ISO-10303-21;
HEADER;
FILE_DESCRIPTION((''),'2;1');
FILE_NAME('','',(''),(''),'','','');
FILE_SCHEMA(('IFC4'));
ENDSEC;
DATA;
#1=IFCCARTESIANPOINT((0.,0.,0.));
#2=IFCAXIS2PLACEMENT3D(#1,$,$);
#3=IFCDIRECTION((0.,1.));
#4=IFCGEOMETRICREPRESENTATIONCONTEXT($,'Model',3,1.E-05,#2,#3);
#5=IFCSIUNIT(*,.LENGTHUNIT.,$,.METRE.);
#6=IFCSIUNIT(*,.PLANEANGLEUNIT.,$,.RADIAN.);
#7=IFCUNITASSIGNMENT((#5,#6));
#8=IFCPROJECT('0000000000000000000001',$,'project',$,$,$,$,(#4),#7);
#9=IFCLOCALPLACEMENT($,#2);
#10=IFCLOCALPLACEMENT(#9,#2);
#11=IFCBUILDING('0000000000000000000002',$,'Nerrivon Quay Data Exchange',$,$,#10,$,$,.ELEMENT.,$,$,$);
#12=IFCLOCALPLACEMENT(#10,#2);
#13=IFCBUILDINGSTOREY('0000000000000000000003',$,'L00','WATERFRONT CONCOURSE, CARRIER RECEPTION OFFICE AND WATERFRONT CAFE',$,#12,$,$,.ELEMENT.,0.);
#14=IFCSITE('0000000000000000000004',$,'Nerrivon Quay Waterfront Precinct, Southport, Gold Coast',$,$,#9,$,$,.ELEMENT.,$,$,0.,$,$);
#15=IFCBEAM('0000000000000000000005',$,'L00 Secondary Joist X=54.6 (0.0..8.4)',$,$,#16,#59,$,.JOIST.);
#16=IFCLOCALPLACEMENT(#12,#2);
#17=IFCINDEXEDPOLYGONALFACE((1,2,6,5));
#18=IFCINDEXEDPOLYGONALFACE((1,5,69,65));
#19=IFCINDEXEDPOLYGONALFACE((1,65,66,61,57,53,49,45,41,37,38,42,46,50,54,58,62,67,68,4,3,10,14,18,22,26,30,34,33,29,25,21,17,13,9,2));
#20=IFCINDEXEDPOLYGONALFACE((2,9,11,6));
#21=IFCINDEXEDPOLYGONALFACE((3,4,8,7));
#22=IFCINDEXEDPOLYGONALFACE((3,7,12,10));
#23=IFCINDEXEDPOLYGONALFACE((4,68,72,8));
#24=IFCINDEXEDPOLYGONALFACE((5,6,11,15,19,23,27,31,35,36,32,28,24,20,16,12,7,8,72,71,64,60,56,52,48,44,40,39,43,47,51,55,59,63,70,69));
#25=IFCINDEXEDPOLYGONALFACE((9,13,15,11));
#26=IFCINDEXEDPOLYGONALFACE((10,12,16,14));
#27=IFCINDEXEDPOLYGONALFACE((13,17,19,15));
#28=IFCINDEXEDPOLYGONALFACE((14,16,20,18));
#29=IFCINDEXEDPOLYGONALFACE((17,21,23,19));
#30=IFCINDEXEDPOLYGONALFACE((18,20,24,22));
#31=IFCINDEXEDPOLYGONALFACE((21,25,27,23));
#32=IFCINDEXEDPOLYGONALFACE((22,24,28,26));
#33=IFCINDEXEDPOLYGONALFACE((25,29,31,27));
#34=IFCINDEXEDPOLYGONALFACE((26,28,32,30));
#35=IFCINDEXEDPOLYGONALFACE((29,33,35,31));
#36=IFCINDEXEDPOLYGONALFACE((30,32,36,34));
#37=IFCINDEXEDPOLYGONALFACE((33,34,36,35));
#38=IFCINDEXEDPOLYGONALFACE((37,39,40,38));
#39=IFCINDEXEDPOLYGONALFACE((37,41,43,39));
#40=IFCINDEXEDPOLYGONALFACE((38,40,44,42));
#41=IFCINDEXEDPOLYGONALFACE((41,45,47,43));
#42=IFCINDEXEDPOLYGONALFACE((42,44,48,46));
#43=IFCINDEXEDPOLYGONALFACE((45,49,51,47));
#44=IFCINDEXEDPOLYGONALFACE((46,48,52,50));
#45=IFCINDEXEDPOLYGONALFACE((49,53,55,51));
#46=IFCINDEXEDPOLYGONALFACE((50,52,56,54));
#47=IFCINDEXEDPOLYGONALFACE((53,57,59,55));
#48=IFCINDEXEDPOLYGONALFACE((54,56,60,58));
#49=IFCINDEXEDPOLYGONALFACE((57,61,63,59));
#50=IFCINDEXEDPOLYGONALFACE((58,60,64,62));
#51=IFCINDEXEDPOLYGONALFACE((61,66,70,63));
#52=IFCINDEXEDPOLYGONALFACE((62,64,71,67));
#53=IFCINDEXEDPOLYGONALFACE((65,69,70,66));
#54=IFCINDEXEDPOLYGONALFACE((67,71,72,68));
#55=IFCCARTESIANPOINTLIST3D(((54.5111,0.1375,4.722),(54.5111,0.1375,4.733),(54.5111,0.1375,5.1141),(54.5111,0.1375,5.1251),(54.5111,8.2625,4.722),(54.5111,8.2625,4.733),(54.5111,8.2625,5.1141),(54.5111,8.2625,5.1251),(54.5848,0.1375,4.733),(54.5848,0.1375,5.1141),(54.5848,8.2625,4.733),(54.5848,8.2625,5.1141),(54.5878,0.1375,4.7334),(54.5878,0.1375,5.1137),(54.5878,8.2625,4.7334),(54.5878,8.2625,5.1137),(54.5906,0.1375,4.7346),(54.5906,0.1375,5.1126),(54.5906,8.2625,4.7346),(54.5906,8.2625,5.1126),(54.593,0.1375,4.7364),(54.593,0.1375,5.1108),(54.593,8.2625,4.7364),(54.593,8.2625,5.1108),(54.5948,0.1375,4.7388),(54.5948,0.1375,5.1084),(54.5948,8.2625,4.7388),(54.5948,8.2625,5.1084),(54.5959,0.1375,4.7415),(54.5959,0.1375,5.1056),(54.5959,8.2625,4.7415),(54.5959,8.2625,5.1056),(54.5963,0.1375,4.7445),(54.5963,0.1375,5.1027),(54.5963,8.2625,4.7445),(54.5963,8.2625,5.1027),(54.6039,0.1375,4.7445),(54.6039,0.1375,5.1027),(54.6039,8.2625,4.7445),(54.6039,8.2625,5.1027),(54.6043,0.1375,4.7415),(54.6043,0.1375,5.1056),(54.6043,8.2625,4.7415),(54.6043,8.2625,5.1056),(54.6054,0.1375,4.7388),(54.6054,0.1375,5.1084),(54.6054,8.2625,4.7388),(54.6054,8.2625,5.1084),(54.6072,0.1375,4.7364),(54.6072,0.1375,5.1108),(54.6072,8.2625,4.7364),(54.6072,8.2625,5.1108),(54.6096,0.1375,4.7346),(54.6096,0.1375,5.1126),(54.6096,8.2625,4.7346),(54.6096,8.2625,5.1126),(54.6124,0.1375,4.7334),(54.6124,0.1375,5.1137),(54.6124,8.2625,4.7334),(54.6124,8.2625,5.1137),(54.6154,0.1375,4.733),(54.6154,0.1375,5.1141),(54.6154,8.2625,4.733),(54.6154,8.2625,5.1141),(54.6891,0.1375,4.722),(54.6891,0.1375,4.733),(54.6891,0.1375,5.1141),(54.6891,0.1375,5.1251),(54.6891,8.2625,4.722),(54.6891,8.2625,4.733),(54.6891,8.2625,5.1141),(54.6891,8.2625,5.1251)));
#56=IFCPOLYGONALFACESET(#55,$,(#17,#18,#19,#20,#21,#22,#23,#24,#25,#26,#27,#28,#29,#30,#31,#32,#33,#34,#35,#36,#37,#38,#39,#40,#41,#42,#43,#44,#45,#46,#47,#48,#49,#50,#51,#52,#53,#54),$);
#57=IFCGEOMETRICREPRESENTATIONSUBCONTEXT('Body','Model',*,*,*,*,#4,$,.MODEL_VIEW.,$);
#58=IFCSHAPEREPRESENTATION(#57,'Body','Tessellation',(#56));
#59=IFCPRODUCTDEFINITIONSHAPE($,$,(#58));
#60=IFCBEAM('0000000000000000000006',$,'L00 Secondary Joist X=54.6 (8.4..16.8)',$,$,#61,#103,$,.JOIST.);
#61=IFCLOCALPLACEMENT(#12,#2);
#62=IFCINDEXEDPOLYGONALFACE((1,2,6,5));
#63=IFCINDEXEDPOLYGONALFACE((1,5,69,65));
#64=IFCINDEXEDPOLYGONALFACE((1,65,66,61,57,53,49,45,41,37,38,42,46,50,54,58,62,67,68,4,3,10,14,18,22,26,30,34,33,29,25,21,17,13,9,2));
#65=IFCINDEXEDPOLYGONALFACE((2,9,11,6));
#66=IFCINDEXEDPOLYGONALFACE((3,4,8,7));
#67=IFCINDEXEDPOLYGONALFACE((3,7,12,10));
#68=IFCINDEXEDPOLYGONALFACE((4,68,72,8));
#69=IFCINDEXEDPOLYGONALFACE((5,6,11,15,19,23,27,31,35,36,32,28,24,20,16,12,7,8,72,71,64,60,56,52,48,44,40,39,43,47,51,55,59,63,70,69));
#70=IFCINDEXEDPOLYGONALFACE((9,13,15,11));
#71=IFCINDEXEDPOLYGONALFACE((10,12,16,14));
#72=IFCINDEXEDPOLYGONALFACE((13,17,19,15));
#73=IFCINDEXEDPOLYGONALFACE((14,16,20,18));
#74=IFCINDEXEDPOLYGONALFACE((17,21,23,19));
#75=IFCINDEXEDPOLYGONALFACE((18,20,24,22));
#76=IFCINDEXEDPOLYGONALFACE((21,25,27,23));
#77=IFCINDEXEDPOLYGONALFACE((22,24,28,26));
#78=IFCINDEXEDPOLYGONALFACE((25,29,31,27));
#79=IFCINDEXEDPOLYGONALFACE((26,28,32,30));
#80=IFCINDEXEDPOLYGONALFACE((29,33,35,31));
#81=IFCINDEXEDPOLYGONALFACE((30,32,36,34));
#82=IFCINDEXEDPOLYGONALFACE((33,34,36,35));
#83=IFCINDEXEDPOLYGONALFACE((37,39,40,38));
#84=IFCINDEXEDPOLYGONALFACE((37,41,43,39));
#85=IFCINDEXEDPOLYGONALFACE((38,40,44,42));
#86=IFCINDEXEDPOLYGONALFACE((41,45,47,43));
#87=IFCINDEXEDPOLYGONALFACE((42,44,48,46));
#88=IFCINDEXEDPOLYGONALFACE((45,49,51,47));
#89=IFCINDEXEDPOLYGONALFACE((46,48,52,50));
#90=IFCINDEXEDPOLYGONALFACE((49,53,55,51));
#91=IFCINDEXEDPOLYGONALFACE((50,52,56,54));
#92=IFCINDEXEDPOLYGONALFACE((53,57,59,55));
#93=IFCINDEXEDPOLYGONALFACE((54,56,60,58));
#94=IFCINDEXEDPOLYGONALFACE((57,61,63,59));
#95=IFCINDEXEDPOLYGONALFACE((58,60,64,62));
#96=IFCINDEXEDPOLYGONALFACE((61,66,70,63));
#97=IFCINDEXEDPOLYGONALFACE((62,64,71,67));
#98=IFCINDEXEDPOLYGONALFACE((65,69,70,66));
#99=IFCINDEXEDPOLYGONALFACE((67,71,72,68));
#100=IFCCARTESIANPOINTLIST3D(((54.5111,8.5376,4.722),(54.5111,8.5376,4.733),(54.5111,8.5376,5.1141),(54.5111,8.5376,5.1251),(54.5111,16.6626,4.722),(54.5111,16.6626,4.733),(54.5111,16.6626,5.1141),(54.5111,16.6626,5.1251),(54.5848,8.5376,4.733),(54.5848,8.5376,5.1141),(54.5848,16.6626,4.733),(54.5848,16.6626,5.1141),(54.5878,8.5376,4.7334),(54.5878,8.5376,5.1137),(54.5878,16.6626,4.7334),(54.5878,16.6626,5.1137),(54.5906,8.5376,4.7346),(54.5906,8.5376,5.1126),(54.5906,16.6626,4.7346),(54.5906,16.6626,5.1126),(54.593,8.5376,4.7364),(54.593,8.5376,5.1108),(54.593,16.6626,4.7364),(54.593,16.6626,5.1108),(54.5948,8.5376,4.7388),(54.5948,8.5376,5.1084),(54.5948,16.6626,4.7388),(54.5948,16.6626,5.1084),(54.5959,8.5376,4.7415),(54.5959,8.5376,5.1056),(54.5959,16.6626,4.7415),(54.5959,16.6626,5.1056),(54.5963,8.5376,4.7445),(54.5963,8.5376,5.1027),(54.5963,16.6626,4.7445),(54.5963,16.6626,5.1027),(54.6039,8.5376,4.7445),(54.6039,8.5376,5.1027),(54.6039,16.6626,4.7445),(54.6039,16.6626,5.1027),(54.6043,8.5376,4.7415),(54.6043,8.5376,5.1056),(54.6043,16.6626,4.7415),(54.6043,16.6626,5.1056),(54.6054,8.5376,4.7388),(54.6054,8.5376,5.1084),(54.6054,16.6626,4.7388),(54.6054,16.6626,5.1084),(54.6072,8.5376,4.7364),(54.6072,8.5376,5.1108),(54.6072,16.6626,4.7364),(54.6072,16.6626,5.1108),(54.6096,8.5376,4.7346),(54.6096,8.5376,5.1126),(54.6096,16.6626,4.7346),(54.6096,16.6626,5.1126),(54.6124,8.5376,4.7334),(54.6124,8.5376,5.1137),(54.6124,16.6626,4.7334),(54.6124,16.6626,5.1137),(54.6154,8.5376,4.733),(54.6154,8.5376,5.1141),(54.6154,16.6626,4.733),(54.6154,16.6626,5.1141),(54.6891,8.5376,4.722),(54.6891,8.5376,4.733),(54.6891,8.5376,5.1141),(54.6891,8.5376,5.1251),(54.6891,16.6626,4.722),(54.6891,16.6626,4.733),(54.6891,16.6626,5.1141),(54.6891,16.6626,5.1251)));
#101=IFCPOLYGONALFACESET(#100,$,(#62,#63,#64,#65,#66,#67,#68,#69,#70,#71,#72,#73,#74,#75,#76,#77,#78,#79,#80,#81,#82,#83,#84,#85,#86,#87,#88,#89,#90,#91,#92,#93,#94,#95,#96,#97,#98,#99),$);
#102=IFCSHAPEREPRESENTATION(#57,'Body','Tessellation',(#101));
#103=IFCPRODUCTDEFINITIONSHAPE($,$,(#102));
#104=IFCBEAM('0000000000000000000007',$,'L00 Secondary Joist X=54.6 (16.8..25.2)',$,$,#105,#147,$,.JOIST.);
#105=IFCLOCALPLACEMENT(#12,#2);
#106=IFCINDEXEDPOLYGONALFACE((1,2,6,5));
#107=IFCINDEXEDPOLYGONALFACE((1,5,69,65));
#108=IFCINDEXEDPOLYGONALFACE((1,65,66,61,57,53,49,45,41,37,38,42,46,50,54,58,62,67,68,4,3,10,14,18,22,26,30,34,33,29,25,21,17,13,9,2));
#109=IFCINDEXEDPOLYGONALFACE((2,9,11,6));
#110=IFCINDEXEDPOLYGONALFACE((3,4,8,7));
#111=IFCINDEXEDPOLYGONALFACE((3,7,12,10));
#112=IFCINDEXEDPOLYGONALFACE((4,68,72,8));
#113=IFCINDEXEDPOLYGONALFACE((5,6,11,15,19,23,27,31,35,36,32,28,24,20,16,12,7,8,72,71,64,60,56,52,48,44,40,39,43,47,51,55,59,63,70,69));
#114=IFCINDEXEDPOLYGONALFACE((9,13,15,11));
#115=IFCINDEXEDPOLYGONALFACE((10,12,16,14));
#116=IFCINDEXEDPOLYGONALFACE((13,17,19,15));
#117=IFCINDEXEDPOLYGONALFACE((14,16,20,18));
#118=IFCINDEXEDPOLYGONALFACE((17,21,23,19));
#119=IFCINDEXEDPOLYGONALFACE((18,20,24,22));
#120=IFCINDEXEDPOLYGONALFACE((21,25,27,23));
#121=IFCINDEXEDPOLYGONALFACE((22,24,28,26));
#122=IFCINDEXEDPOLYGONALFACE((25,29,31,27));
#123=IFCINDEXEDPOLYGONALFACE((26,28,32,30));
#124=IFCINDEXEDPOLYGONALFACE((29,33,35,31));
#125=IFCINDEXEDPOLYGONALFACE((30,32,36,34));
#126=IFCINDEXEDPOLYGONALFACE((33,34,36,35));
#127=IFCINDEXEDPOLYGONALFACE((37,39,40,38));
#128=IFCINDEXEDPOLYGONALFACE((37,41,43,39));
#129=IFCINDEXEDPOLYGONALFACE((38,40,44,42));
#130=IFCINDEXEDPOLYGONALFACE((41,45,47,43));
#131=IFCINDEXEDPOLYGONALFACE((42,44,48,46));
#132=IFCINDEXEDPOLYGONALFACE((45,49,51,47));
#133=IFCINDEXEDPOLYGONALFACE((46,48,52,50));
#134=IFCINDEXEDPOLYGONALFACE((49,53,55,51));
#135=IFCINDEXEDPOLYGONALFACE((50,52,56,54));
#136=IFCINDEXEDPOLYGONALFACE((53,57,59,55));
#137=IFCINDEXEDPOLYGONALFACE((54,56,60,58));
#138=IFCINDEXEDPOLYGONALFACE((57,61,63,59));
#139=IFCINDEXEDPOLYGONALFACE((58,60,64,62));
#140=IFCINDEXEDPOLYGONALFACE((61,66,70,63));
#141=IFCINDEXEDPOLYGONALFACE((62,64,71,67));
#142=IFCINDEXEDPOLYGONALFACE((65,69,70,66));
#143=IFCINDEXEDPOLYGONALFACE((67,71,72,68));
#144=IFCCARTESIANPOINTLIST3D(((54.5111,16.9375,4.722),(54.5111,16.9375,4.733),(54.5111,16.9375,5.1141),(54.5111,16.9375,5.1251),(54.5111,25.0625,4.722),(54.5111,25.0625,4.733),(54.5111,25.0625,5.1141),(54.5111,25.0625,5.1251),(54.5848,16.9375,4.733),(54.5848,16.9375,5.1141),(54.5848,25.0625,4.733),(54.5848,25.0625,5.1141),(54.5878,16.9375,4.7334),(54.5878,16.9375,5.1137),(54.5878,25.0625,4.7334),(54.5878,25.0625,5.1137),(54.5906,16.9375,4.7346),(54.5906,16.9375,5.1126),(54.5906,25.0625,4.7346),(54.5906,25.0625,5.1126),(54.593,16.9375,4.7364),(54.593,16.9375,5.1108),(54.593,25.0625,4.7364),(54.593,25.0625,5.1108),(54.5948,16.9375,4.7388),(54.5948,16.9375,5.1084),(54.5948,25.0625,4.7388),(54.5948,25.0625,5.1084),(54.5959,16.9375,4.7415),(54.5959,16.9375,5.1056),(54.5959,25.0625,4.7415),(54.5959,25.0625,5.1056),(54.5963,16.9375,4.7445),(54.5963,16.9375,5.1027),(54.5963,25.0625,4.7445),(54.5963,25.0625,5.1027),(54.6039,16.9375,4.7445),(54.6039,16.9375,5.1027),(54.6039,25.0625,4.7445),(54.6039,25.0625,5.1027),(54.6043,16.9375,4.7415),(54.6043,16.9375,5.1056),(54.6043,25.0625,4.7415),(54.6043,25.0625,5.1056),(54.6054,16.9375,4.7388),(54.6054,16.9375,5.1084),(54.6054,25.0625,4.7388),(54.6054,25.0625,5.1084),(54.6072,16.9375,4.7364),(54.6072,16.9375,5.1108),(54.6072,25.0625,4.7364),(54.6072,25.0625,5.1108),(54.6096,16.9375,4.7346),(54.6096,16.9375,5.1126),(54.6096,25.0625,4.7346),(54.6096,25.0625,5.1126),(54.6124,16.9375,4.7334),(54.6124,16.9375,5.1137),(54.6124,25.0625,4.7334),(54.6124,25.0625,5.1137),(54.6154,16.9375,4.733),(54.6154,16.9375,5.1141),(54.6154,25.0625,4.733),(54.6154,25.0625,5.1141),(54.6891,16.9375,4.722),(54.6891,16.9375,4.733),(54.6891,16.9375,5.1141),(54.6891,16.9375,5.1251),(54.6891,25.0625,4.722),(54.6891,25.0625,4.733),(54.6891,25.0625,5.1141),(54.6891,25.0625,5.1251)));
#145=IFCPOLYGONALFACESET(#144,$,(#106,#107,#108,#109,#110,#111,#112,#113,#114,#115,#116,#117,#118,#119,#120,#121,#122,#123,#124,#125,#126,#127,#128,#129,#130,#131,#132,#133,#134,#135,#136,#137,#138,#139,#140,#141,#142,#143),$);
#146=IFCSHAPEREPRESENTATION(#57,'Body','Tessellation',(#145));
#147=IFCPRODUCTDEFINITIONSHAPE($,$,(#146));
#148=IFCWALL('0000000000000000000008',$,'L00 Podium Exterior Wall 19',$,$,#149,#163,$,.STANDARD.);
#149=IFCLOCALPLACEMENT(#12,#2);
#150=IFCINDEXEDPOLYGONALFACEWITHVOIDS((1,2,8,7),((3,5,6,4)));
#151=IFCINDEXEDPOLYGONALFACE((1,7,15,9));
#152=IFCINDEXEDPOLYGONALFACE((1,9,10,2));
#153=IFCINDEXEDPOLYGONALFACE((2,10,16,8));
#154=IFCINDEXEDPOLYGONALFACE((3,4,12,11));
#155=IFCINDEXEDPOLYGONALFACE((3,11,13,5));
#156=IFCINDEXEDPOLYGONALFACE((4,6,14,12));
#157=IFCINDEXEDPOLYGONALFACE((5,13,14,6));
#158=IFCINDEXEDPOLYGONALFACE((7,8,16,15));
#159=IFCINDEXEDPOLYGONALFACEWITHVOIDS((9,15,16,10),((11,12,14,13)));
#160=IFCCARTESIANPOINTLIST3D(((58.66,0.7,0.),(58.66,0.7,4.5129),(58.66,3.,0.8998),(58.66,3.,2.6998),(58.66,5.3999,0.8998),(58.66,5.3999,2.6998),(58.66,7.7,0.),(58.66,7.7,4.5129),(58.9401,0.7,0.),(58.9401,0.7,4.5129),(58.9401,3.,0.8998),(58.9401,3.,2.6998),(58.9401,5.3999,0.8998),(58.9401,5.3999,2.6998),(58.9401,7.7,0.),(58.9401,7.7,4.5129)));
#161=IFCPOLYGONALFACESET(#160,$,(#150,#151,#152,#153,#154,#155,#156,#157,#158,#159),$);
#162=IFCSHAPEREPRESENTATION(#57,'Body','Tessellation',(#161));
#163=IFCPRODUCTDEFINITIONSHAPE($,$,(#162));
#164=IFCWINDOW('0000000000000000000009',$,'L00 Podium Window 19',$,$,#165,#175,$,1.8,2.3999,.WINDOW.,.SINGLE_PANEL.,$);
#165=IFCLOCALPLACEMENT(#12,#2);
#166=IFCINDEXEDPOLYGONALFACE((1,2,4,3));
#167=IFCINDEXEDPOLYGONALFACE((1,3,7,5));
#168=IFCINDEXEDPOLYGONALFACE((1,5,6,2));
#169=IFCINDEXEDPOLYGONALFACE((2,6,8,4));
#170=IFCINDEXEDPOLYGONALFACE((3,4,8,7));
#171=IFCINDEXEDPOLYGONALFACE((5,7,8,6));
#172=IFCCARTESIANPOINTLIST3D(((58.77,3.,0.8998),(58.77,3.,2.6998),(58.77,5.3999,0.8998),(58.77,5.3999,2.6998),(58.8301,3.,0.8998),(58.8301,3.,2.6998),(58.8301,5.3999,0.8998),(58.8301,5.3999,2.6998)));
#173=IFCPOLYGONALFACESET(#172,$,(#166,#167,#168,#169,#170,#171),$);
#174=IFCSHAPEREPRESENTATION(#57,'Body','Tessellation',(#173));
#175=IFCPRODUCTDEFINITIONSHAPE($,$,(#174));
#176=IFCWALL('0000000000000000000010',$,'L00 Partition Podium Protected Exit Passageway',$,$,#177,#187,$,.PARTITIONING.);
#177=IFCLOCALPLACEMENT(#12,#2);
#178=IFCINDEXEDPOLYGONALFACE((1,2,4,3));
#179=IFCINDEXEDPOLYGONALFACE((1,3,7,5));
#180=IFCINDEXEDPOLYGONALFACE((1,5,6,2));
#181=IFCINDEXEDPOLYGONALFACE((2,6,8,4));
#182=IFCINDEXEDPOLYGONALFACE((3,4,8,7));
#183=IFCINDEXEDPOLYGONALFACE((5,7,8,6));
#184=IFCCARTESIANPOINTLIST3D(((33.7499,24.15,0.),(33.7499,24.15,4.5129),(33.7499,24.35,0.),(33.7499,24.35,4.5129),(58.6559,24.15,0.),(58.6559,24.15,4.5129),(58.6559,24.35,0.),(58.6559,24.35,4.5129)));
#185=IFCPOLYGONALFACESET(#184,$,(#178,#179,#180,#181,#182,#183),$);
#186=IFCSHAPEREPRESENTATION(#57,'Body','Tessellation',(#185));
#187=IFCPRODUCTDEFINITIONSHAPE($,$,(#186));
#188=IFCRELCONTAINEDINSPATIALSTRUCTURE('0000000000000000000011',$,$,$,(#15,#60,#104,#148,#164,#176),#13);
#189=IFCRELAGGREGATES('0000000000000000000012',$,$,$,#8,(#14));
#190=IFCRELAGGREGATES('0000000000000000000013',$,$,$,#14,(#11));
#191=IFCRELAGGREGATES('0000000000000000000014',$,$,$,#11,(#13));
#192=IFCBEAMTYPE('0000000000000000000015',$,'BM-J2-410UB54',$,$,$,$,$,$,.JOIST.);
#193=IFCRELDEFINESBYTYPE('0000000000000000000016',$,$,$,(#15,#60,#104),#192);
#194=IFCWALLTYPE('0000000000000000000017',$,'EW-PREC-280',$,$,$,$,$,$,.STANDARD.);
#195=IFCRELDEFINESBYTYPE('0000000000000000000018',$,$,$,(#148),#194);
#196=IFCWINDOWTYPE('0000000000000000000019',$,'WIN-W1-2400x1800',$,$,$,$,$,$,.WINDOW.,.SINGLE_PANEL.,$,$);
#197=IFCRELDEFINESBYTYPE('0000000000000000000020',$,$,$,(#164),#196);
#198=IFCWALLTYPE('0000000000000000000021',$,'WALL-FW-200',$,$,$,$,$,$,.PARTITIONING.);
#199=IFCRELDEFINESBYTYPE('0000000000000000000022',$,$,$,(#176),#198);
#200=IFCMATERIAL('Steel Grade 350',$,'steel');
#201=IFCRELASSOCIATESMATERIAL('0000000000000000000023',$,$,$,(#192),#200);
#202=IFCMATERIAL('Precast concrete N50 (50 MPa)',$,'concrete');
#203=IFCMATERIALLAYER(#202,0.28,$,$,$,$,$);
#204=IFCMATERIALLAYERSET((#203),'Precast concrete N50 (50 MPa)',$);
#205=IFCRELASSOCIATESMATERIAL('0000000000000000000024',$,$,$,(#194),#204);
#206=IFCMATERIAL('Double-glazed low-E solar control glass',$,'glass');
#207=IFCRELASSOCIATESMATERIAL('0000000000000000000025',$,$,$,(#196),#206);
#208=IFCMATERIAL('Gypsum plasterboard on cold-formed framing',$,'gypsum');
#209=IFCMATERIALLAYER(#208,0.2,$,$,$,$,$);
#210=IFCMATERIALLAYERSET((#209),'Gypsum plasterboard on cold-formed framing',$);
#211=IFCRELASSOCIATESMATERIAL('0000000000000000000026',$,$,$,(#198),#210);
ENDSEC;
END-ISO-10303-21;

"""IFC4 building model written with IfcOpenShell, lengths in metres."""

from ifc_helpers import new_model, si_unit, direction, frame, frame_2d, origin, origin_2d, place, context, subcontext, project, spatial, rectangle, i_section, extrude, material, layer, layer_set, material_profile, profile_set, type_object, element, fill, save


model = new_model("IFC4")

# Units and contexts
model_context = context("Model", 3, precision=1e-05, world=origin(), true_north=direction((0.0, 1.0)))
body_context = subcontext(model_context, "Body", "Model", "MODEL_VIEW")
ifc_project = project(units=[si_unit("LENGTHUNIT", "METRE"), si_unit("PLANEANGLEUNIT", "RADIAN")], contexts=[model_context])

# Site, building, storey
site_placement = place(None, origin())
site = spatial("IfcSite", under=ifc_project, at=site_placement, Name="Nerrivon Quay Waterfront Precinct, Southport, Gold Coast", CompositionType="ELEMENT", RefElevation=0.0)
building_placement = place(site_placement, origin())
building = spatial("IfcBuilding", under=site, at=building_placement, Name="Nerrivon Quay Data Exchange", CompositionType="ELEMENT")
storey_placement = place(building_placement, origin())
storey = spatial("IfcBuildingStorey", under=building, at=storey_placement, Name="L00", Description="WATERFRONT CONCOURSE, CARRIER RECEPTION OFFICE AND WATERFRONT CAFE", CompositionType="ELEMENT", Elevation=0.0)

# Beams
ifc_material_1 = material(Name="Steel Grade 350", Category="steel")
ifc_material_profile_1 = material_profile(ifc_material_1, i_section(OverallWidth=0.178, OverallDepth=0.4031, WebThickness=0.0076, FlangeThickness=0.011, FilletRadius=0.0115, at=origin_2d()), Name="410UB53.7")
ifc_profile_set_1 = profile_set([ifc_material_profile_1], Name="Steel Grade 350")
beam_type_1 = type_object("IfcBeamType", Name="BM-J2-410UB54", PredefinedType="JOIST", material=ifc_profile_set_1)
for number, where, z_axis, x_axis, name in (
    (1, (54.6001, 0.1375, 4.9236), (0.0, 1.0, 0.0), (-1.0, 0.0, 0.0), "L00 Secondary Joist X=54.6 (0.0..8.4)"),
    (2, (54.6001, 8.5376, 4.9236), (0.0, 1.0, 0.0), (-1.0, 0.0, 0.0), "L00 Secondary Joist X=54.6 (8.4..16.8)"),
    (3, (54.6001, 16.9375, 4.9236), (0.0, 1.0, 0.0), (-1.0, 0.0, 0.0), "L00 Secondary Joist X=54.6 (16.8..25.2)"),
):
    element("IfcBeam", number, at=place(storey_placement, frame(where, z_axis=z_axis, x_axis=x_axis)), inside=storey, type_object=beam_type_1, Name=name, PredefinedType="JOIST", context=body_context, shape_type="SweptSolid", body=[
        extrude(i_section(OverallWidth=0.178, OverallDepth=0.4031, WebThickness=0.0076, FlangeThickness=0.011, FilletRadius=0.0115, at=origin_2d()), origin(), (0.0, 0.0, 1.0), 8.125),
    ])

# Shared definitions
ifc_material_2 = material(Name="Precast concrete N50 (50 MPa)", Category="concrete")
ifc_layer_1 = layer(ifc_material_2, 0.28)
ifc_layer_set_1 = layer_set([ifc_layer_1], Name="Precast concrete N50 (50 MPa)")
wall_type_1 = type_object("IfcWallType", Name="EW-PREC-280", PredefinedType="STANDARD", material=ifc_layer_set_1)

# Wall, opening, window
wall_1_placement = place(storey_placement, frame((58.8, 7.7, 0.0), z_axis=(0.0, 0.0, 1.0), x_axis=(0.0, -1.0, 0.0)))
wall_1 = element("IfcWall", 4, at=wall_1_placement, inside=storey, type_object=wall_type_1, Name="L00 Podium Exterior Wall 19", PredefinedType="STANDARD", context=body_context, shape_type="SweptSolid", body=[
    extrude(rectangle(XDim=7.0, YDim=0.28, at=frame_2d((3.5, 0.0))), origin(), (0.0, 0.0, 1.0), 4.5129),
])
opening_1_placement = place(wall_1_placement, frame((2.3, 0.0, 0.8999)))
opening_1 = element("IfcOpeningElement", 5, at=opening_1_placement, cuts=wall_1, PredefinedType="OPENING", context=body_context, shape_type="SweptSolid", body=[
    extrude(rectangle(XDim=2.3999, YDim=1.8, at=frame_2d((1.2, 0.8999))), frame((0.0, 0.1499, 0.0), z_axis=(0.0, -1.0, 0.0), x_axis=(1.0, 0.0, 0.0)), (0.0, 0.0, 1.0), 0.3),
])
ifc_material_3 = material(Name="Double-glazed low-E solar control glass", Category="glass")
window_type = type_object("IfcWindowType", Name="WIN-W1-2400x1800", PartitioningType="SINGLE_PANEL", PredefinedType="WINDOW", material=ifc_material_3)
window_placement = place(opening_1_placement, origin())
window = element("IfcWindow", 6, at=window_placement, inside=storey, type_object=window_type, Name="L00 Podium Window 19", OverallHeight=1.8, OverallWidth=2.3999, PartitioningType="SINGLE_PANEL", PredefinedType="WINDOW", context=body_context, shape_type="SweptSolid", body=[
    extrude(rectangle(XDim=2.3999, YDim=1.8, at=frame_2d((1.2, 0.8999))), frame((0.0, 0.03, 0.0), z_axis=(0.0, -1.0, 0.0), x_axis=(1.0, 0.0, 0.0)), (0.0, 0.0, 1.0), 0.0601),
])
fill(opening_1, window)

# Wall
ifc_material_4 = material(Name="Gypsum plasterboard on cold-formed framing", Category="gypsum")
ifc_layer_2 = layer(ifc_material_4, 0.2)
ifc_layer_set_2 = layer_set([ifc_layer_2], Name="Gypsum plasterboard on cold-formed framing")
wall_type_2 = type_object("IfcWallType", Name="WALL-FW-200", PredefinedType="PARTITIONING", material=ifc_layer_set_2)
wall_2_placement = place(storey_placement, frame((58.656, 24.25, 0.0), z_axis=(0.0, 0.0, 1.0), x_axis=(-1.0, 0.0, 0.0)))
element("IfcWall", 7, at=wall_2_placement, inside=storey, type_object=wall_type_2, Name="L00 Partition Podium Protected Exit Passageway", PredefinedType="PARTITIONING", context=body_context, shape_type="SweptSolid", body=[
    extrude(rectangle(XDim=24.906, YDim=0.2, at=frame_2d((12.4531, 0.0))), origin(), (0.0, 0.0, 1.0), 4.5129),
])

save(model, "model.ifc")
